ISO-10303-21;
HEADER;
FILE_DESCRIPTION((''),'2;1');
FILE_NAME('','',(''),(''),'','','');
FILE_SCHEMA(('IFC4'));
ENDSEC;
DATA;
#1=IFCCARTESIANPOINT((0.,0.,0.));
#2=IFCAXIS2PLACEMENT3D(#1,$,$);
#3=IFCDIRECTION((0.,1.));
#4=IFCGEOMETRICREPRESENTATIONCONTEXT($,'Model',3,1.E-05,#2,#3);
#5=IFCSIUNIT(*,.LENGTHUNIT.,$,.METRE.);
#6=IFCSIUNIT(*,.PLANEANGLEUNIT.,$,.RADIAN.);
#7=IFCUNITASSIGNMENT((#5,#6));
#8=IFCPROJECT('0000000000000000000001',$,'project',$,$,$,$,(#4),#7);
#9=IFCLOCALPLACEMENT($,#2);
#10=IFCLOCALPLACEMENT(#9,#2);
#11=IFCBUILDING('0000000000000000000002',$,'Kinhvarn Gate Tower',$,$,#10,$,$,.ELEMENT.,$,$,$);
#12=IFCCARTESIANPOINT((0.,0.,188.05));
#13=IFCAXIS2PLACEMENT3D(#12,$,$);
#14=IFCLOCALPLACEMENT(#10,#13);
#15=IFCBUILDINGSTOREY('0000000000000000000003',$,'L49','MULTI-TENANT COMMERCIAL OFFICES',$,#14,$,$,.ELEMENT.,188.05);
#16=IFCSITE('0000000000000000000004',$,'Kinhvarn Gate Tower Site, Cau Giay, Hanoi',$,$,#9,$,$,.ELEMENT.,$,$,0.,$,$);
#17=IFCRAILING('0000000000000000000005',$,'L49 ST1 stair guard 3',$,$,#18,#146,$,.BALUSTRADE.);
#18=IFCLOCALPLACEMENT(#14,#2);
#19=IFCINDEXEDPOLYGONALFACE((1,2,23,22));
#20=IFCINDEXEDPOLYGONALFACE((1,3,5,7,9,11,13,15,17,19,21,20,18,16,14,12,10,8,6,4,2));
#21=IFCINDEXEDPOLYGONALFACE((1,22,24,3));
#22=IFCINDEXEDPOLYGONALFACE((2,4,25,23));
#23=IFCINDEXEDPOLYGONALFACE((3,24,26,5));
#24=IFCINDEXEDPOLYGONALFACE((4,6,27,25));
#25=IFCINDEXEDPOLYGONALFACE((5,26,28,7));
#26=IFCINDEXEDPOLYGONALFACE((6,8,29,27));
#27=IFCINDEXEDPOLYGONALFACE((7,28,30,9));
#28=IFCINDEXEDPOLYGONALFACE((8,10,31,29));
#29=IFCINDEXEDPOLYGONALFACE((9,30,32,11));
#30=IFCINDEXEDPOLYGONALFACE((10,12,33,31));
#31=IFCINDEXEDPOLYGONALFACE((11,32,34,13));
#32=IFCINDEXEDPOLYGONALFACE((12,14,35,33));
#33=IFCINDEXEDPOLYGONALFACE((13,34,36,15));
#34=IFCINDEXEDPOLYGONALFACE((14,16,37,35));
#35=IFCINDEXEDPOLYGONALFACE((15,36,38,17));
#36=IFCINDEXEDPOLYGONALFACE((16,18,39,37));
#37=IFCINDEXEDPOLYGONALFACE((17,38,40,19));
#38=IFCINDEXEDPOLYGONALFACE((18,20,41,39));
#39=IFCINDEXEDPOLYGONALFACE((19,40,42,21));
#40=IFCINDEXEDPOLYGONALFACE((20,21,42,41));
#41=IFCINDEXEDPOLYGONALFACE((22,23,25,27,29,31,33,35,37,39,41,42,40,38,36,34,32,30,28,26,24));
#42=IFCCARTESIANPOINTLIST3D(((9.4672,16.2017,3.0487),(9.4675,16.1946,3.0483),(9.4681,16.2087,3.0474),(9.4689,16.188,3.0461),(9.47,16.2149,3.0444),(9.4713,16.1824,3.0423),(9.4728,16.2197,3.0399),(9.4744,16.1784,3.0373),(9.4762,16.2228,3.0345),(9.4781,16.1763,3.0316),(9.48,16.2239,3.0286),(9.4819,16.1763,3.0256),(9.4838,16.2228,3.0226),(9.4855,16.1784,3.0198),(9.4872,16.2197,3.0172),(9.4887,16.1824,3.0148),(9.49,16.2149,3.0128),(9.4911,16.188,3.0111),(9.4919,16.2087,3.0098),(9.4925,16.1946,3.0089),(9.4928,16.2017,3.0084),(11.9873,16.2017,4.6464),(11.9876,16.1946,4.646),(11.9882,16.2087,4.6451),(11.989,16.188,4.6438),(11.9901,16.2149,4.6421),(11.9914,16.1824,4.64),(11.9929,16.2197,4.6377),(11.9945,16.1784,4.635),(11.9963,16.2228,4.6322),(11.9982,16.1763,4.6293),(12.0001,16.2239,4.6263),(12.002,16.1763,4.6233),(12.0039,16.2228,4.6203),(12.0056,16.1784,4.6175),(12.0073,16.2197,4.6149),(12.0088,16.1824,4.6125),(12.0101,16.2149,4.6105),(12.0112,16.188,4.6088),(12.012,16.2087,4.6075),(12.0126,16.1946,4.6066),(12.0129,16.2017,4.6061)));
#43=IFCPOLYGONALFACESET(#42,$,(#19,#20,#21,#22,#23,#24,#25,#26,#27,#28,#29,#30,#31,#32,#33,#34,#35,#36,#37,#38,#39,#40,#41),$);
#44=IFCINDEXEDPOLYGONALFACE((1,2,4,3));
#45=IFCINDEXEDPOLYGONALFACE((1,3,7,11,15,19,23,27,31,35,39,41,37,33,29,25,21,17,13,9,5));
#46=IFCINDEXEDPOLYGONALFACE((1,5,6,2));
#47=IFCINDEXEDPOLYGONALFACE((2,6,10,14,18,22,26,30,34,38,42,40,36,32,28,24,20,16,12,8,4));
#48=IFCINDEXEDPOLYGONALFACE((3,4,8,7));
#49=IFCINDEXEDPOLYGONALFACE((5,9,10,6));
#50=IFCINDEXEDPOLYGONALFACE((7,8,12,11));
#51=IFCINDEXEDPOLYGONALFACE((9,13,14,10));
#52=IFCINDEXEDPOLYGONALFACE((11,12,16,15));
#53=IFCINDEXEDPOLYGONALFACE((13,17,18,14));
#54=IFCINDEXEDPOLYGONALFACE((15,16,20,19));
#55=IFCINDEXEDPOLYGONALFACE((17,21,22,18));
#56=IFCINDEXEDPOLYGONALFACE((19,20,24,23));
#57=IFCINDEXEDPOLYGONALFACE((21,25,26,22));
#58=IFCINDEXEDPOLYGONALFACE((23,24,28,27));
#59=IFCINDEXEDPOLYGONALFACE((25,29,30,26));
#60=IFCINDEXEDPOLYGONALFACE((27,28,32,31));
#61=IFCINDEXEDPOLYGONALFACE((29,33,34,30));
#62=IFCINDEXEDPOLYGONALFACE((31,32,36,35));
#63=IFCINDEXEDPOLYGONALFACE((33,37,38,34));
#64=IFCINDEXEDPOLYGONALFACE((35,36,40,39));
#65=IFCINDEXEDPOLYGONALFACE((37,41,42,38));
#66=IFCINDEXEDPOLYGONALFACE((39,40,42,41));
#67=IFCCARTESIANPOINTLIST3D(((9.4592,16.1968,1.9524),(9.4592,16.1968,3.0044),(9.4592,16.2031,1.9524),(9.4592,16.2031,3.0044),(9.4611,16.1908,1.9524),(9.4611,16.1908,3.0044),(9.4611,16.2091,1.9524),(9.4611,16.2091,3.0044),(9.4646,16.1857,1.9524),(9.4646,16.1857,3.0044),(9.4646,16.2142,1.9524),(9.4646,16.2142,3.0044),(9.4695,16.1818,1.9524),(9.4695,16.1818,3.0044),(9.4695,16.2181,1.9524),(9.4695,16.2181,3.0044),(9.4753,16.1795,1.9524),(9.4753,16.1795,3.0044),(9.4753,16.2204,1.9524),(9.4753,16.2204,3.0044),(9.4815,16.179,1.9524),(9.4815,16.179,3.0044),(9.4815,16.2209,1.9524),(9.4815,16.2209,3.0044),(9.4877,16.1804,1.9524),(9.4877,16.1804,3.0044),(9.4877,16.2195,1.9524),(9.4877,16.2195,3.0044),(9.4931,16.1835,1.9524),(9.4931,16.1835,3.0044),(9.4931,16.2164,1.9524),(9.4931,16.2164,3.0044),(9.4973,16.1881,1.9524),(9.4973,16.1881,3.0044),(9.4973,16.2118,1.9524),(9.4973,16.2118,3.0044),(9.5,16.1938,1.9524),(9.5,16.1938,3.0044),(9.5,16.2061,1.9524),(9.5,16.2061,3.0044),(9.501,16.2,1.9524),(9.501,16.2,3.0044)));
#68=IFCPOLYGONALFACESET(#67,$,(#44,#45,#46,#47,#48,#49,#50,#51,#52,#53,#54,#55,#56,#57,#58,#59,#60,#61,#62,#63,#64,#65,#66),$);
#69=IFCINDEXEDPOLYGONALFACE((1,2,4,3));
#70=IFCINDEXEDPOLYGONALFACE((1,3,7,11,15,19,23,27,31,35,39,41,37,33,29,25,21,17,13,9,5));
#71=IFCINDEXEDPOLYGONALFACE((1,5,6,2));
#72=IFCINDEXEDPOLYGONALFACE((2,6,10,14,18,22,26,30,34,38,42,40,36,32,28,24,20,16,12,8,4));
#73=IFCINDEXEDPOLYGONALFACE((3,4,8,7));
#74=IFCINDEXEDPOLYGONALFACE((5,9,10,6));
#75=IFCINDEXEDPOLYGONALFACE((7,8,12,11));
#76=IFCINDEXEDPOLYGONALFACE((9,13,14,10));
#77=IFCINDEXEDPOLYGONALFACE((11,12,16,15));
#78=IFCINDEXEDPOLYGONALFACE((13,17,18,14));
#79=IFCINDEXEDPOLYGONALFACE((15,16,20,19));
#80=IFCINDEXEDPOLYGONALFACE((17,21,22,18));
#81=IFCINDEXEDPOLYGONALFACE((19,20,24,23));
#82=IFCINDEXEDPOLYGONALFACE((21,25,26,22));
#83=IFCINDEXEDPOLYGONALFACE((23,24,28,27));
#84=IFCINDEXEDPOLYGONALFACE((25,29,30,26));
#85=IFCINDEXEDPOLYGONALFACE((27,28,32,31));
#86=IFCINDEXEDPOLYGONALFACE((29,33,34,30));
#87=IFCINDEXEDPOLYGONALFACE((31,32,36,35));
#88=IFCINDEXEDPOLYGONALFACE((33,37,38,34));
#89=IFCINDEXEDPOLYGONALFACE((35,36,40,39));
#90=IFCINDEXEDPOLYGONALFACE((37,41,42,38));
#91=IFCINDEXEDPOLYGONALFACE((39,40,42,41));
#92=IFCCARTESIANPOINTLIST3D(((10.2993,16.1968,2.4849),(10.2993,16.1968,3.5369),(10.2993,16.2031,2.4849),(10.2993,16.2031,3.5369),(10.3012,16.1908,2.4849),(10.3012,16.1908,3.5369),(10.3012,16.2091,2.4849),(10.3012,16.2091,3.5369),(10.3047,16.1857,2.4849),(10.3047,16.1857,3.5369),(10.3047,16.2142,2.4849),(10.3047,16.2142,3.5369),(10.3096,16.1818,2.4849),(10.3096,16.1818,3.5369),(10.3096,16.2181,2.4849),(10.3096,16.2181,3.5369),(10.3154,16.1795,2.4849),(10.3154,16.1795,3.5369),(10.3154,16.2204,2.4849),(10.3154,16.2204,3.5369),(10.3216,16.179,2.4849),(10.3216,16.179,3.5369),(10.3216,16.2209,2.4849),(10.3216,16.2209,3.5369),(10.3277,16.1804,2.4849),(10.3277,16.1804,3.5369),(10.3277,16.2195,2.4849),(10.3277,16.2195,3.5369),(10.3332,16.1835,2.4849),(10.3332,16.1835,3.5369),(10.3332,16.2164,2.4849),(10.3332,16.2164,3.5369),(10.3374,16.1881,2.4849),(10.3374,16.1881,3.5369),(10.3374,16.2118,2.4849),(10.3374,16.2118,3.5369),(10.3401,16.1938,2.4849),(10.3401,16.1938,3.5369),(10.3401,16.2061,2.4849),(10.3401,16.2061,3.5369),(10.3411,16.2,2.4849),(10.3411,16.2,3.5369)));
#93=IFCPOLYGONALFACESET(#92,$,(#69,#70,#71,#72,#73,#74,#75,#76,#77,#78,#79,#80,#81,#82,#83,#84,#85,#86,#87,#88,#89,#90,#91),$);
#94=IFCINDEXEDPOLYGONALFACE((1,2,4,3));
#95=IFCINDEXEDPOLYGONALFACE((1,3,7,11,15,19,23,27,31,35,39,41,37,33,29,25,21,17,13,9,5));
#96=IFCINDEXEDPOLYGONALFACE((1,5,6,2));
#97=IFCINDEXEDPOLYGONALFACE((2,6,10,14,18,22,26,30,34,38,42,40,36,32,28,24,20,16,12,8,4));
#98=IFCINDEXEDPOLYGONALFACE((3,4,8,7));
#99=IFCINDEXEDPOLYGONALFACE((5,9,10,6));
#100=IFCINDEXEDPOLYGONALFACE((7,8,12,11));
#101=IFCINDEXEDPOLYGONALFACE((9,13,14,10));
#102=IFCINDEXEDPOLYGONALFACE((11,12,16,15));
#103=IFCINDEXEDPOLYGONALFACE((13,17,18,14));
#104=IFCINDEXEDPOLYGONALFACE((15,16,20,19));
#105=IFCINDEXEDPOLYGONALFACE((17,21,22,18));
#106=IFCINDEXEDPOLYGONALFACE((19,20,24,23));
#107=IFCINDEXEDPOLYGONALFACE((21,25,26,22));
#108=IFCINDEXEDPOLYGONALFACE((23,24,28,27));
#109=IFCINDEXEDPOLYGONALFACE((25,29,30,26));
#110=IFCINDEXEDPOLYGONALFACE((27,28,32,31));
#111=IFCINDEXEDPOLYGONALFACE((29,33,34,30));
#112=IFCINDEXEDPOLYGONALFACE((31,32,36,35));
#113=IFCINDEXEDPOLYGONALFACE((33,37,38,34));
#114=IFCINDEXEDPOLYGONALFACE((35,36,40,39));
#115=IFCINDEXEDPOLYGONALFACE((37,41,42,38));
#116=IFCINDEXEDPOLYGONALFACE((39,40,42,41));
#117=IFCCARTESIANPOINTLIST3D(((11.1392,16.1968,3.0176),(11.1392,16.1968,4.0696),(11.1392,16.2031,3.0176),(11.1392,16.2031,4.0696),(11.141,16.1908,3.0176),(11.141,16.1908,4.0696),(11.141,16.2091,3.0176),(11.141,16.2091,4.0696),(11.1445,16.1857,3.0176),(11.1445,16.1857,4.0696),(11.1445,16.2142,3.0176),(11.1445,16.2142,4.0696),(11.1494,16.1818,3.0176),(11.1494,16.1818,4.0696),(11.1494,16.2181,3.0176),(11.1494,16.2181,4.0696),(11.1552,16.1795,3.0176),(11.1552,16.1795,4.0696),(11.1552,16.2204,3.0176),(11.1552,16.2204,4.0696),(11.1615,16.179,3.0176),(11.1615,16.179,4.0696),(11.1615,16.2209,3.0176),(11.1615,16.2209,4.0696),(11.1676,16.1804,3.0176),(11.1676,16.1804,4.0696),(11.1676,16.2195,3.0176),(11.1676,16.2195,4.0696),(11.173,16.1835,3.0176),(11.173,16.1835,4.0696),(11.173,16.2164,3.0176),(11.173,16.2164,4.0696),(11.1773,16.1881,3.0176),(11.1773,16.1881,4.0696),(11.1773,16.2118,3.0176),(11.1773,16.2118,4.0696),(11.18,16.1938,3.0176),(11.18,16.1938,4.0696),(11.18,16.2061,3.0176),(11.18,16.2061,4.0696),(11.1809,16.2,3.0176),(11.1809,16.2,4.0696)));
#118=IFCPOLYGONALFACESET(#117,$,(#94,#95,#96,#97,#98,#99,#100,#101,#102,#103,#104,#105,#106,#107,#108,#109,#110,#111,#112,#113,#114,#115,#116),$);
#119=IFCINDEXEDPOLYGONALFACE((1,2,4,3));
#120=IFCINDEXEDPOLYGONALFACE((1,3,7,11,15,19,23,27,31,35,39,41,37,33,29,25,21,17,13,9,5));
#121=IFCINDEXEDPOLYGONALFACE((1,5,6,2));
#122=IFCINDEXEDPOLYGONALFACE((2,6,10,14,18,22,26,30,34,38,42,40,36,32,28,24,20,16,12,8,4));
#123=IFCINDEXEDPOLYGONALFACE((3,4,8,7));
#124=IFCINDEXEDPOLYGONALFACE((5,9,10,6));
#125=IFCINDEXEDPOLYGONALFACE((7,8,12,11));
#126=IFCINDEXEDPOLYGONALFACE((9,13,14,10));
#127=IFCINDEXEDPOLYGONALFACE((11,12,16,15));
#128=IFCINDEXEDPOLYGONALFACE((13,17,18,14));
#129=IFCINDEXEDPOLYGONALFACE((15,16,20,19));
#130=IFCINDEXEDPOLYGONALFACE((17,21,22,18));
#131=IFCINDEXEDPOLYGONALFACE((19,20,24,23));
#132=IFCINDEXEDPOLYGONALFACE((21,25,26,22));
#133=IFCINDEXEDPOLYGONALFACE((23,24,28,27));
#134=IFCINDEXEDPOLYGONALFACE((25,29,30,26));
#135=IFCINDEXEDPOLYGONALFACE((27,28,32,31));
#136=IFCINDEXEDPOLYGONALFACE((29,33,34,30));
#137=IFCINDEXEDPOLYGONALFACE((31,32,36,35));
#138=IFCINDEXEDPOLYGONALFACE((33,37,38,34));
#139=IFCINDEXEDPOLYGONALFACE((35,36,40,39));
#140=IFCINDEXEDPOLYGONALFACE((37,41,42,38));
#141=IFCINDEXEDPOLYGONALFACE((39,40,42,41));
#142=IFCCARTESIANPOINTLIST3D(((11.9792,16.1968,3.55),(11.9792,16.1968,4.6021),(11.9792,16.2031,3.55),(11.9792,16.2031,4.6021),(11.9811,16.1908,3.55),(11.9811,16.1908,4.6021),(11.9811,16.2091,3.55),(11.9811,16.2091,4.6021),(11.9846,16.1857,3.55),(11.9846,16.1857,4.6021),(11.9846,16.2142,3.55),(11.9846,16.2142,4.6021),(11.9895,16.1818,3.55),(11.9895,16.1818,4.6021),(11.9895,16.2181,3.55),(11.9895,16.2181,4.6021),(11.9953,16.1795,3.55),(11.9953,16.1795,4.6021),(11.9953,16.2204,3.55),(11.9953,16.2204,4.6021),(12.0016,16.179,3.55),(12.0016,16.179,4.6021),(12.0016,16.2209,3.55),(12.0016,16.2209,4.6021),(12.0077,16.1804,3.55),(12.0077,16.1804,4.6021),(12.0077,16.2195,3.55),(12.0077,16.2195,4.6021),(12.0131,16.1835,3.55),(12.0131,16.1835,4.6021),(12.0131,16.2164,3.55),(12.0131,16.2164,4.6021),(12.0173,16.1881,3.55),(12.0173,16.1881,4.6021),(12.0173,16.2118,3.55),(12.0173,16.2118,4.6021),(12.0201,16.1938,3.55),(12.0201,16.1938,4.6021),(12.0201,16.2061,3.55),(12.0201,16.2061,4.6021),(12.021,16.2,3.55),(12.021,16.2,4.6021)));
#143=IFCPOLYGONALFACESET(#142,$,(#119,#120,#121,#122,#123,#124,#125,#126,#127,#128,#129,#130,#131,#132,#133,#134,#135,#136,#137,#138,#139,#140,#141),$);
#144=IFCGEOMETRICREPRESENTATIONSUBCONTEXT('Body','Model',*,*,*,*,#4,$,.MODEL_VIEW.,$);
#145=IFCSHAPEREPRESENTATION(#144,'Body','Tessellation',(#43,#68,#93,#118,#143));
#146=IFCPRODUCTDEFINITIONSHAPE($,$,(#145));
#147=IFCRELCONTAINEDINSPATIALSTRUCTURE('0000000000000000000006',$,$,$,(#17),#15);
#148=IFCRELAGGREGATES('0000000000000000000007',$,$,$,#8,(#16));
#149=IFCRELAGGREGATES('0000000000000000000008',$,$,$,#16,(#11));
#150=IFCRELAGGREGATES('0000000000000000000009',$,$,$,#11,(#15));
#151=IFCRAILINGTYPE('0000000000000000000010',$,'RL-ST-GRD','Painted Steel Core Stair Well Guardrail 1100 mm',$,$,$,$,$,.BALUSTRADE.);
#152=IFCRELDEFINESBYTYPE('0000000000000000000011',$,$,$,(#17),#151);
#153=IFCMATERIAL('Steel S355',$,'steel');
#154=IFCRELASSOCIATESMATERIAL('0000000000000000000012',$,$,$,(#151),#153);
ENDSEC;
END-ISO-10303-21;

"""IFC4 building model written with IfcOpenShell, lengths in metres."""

from ifc_helpers import new_model, si_unit, direction, frame, origin, origin_2d, place, context, subcontext, project, spatial, circle, extrude, material, type_object, element, save


model = new_model("IFC4")

# Units and contexts
model_context = context("Model", 3, precision=1e-05, world=origin(), true_north=direction((0.0, 1.0)))
body_context = subcontext(model_context, "Body", "Model", "MODEL_VIEW")
ifc_project = project(units=[si_unit("LENGTHUNIT", "METRE"), si_unit("PLANEANGLEUNIT", "RADIAN")], contexts=[model_context])

# Site, building, storey
site_placement = place(None, origin())
site = spatial("IfcSite", under=ifc_project, at=site_placement, Name="Kinhvarn Gate Tower Site, Cau Giay, Hanoi", CompositionType="ELEMENT", RefElevation=0.0)
building_placement = place(site_placement, origin())
building = spatial("IfcBuilding", under=site, at=building_placement, Name="Kinhvarn Gate Tower", CompositionType="ELEMENT")
storey_placement = place(building_placement, frame((0.0, 0.0, 188.05)))
storey = spatial("IfcBuildingStorey", under=building, at=storey_placement, Name="L49", Description="MULTI-TENANT COMMERCIAL OFFICES", CompositionType="ELEMENT", Elevation=188.05)

# Shared definitions
ifc_material_1 = material(Name="Steel S355", Category="steel")

# Railing
railing_type_1 = type_object("IfcRailingType", Name="RL-ST-GRD", Description="Painted Steel Core Stair Well Guardrail 1100 mm", PredefinedType="BALUSTRADE", material=ifc_material_1)
railing_1_placement = place(storey_placement, frame((9.48, 16.2, 1.9524)))
element("IfcRailing", 1, at=railing_1_placement, inside=storey, type_object=railing_type_1, Name="L49 ST1 stair guard 3", PredefinedType="BALUSTRADE", context=body_context, shape_type="SweptSolid", body=[
    extrude(circle(Radius=0.0239, at=origin_2d()), frame((0.0, 0.0, 1.0762), z_axis=(0.84457, 0.0, 0.535445), x_axis=(0.0, 1.0, 0.0)), (0.0, 0.0, 1.0), 2.9839),
    extrude(circle(Radius=0.021, at=origin_2d()), origin(), (0.0, 0.0, 1.0), 1.052),
    extrude(circle(Radius=0.021, at=origin_2d()), frame((0.8401, 0.0, 0.5325)), (0.0, 0.0, 1.0), 1.052),
    extrude(circle(Radius=0.021, at=origin_2d()), frame((1.6799, 0.0, 1.0652)), (0.0, 0.0, 1.0), 1.052),
    extrude(circle(Radius=0.021, at=origin_2d()), frame((2.52, 0.0, 1.5977)), (0.0, 0.0, 1.0), 1.052),
])

save(model, "model.ifc")
